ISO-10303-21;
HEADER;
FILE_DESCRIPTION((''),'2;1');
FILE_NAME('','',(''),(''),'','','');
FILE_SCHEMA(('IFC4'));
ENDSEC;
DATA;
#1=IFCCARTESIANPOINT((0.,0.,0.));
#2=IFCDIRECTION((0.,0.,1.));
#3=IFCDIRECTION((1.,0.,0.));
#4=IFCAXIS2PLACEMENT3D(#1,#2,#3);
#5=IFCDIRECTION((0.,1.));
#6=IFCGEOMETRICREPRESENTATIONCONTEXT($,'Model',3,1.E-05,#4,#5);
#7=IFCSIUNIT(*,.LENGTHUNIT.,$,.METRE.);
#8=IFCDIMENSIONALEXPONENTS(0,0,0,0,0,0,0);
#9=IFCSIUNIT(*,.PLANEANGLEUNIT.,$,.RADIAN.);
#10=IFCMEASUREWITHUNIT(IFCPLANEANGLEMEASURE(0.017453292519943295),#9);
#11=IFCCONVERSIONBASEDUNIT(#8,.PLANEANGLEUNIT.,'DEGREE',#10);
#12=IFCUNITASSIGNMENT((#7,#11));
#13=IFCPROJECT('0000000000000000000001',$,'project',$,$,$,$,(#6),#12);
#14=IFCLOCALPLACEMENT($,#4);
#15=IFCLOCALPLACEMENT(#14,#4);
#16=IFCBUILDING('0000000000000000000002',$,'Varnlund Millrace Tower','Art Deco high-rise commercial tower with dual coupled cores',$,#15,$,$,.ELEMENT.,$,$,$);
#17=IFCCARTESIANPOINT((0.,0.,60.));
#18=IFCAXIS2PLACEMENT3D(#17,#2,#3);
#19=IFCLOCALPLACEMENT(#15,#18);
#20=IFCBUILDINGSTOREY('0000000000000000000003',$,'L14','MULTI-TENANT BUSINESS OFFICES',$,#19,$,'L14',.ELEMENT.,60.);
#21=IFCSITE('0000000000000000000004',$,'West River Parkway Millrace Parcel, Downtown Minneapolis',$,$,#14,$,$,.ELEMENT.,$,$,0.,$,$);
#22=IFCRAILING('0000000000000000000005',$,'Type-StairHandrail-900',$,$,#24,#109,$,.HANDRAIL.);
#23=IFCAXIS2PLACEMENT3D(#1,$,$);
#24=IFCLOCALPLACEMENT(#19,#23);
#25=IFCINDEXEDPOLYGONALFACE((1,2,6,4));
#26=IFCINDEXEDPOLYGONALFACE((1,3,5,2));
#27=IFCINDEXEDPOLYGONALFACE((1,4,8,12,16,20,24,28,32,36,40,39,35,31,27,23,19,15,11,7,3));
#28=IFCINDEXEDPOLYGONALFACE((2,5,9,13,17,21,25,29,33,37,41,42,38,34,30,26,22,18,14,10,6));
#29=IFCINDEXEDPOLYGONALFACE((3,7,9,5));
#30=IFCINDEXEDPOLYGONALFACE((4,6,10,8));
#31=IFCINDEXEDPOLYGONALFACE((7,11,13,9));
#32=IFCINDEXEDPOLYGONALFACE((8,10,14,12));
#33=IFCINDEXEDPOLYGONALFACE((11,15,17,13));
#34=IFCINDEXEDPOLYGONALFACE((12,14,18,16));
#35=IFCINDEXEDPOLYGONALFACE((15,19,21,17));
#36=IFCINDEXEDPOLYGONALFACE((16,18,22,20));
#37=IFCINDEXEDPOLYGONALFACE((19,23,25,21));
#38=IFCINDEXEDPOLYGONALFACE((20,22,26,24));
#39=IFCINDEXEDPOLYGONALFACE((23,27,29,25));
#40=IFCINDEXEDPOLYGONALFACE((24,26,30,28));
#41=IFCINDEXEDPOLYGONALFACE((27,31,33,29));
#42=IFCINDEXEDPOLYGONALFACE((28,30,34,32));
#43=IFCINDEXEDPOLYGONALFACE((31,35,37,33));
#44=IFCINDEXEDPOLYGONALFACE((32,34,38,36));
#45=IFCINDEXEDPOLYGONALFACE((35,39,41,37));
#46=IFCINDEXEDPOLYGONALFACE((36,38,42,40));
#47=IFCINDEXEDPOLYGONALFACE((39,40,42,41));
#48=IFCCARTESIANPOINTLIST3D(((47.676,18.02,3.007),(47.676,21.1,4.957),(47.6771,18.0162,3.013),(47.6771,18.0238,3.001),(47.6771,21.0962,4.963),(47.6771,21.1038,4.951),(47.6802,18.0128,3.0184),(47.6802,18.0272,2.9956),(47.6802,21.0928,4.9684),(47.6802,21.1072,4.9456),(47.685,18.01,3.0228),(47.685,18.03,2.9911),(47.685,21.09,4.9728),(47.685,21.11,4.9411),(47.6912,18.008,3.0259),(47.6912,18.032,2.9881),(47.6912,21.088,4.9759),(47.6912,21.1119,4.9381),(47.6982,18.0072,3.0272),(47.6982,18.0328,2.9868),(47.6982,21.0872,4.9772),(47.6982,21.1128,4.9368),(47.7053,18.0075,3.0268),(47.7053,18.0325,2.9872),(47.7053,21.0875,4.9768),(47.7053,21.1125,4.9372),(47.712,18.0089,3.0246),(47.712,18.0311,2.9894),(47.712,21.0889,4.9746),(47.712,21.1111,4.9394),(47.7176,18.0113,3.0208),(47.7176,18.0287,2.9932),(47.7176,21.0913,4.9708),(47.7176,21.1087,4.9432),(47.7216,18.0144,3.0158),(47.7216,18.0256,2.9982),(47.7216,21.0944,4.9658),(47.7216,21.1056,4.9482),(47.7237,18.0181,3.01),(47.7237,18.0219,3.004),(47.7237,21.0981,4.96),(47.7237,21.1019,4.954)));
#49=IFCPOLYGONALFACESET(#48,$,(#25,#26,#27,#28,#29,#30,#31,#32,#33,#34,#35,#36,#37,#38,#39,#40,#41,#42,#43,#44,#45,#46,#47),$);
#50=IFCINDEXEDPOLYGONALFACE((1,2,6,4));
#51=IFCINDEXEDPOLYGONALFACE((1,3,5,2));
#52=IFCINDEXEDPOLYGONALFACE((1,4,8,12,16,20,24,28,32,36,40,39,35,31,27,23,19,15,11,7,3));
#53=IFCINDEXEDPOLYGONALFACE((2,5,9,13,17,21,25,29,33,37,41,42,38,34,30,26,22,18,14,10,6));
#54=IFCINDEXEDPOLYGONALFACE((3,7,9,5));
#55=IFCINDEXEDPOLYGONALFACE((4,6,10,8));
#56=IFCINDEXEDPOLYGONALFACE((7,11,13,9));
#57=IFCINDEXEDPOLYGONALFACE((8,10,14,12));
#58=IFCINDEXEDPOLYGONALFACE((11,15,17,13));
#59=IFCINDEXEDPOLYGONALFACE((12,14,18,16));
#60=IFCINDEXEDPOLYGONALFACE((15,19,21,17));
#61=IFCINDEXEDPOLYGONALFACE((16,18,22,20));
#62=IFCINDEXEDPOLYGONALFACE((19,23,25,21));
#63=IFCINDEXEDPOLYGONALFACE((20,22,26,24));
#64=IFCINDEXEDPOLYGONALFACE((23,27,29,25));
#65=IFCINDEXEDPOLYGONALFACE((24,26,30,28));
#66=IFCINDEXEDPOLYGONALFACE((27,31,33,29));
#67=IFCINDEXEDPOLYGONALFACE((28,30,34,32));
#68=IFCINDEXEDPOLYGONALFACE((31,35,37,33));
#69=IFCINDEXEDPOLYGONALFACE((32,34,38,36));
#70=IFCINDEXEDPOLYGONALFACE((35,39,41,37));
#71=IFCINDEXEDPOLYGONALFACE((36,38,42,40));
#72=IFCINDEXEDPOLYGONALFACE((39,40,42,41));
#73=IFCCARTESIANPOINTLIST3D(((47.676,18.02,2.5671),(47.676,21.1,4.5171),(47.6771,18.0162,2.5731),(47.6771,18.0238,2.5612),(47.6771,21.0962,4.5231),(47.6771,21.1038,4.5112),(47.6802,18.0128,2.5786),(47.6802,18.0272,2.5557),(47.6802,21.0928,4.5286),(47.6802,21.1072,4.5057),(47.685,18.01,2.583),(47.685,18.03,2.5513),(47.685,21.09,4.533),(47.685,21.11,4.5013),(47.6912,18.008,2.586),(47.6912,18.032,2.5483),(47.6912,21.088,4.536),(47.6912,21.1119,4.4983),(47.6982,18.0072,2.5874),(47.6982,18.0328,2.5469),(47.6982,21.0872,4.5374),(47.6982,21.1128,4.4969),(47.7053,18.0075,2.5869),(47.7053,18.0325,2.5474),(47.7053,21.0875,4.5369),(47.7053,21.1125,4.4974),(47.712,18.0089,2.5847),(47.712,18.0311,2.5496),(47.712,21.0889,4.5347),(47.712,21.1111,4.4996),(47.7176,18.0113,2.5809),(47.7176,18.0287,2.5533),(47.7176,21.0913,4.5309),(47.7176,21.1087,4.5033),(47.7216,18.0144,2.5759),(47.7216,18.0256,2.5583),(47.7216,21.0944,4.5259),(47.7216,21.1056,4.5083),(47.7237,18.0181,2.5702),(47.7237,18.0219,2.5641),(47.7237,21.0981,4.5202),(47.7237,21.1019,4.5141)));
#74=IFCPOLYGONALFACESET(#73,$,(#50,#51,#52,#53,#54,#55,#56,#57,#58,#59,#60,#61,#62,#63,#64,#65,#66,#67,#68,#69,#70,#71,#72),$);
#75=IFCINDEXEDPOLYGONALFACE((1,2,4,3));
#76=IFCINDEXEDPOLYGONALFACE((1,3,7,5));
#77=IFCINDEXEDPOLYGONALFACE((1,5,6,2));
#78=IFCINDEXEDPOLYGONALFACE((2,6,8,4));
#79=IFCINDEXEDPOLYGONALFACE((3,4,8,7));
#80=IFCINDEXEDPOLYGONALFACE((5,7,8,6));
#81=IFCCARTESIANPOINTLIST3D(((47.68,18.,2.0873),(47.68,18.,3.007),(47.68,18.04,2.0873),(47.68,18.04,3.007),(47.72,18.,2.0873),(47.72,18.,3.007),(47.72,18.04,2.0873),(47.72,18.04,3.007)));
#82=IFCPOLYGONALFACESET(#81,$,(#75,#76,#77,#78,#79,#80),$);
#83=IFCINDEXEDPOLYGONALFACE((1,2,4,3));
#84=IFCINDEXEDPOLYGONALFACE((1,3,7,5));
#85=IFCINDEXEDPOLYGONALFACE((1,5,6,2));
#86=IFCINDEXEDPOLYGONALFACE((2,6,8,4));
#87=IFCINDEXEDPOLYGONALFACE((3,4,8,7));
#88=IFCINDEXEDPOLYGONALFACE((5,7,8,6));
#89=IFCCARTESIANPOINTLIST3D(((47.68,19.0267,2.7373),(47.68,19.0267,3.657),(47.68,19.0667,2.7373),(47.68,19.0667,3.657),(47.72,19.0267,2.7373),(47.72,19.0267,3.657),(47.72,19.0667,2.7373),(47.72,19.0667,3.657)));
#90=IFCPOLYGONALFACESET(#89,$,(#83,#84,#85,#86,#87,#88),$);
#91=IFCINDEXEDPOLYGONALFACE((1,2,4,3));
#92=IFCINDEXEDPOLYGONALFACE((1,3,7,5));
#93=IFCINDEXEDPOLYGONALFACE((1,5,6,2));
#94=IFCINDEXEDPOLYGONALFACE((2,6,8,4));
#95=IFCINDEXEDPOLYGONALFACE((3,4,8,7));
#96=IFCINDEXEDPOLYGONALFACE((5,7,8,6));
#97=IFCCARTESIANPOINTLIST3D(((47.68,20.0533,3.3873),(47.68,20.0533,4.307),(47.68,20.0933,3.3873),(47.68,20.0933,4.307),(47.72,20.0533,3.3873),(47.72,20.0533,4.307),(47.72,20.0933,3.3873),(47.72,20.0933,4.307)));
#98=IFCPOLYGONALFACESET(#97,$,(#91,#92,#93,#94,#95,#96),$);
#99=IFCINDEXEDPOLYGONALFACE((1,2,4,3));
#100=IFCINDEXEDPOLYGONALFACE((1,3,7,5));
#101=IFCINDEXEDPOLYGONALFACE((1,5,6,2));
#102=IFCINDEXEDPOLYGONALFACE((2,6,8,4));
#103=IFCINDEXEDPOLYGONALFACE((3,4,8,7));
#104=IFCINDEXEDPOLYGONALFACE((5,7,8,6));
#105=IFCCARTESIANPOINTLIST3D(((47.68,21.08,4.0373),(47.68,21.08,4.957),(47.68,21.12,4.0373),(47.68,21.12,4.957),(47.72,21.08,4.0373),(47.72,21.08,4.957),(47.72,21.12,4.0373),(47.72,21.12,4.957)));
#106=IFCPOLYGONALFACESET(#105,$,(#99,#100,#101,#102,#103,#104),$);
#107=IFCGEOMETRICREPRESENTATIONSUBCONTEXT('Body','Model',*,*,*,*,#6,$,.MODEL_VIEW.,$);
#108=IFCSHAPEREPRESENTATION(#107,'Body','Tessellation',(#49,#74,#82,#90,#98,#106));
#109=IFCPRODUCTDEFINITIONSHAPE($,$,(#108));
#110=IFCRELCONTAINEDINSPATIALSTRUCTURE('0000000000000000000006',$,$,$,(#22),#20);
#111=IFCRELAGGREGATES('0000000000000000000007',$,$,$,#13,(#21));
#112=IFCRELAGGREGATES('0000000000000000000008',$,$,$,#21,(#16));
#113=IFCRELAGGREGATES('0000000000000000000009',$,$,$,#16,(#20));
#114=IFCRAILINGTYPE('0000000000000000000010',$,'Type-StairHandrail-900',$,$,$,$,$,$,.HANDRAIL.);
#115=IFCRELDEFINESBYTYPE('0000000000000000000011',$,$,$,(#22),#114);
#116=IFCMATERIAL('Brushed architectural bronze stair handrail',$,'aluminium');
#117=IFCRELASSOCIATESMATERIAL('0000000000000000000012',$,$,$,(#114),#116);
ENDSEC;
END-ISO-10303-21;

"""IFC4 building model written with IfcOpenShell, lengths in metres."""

from ifc_helpers import new_model, entity, si_unit, converted_unit, direction, frame, origin_with_axes, origin_2d_with_axis, place, context, subcontext, project, spatial, rectangle, circle, extrude, material, type_object, element, save


model = new_model("IFC4")

# Units and contexts
model_context = context("Model", 3, precision=1e-05, world=origin_with_axes(), true_north=direction((0.0, 1.0)))
body_context = subcontext(model_context, "Body", "Model", "MODEL_VIEW")
ifc_project = project(units=[si_unit("LENGTHUNIT", "METRE"), converted_unit("PLANEANGLEUNIT", "DEGREE", entity("IfcPlaneAngleMeasure", 0.017453292519943295), si_unit("PLANEANGLEUNIT", "RADIAN"), dimensions=[0, 0, 0, 0, 0, 0, 0])], contexts=[model_context])

# Site, building, storey
site_placement = place(None, origin_with_axes())
site = spatial("IfcSite", under=ifc_project, at=site_placement, Name="West River Parkway Millrace Parcel, Downtown Minneapolis", CompositionType="ELEMENT", RefElevation=0.0)
building_placement = place(site_placement, origin_with_axes())
building = spatial("IfcBuilding", under=site, at=building_placement, Name="Varnlund Millrace Tower", Description="Art Deco high-rise commercial tower with dual coupled cores", CompositionType="ELEMENT")
storey_placement = place(building_placement, frame((0.0, 0.0, 60.0), z_axis=(0.0, 0.0, 1.0), x_axis=(1.0, 0.0, 0.0)))
storey = spatial("IfcBuildingStorey", under=building, at=storey_placement, Name="L14", Description="MULTI-TENANT BUSINESS OFFICES", LongName="L14", CompositionType="ELEMENT", Elevation=60.0)

# Railing
ifc_material_1 = material(Name="Brushed architectural bronze stair handrail", Category="aluminium")
railing_type_1 = type_object("IfcRailingType", Name="Type-StairHandrail-900", PredefinedType="HANDRAIL", material=ifc_material_1)
railing_1_placement = place(storey_placement, frame((0.0, 0.0, -60.0), z_axis=(0.0, 0.0, 1.0), x_axis=(1.0, 0.0, 0.0)))
element("IfcRailing", 1, at=railing_1_placement, inside=storey, type_object=railing_type_1, Name="Type-StairHandrail-900", PredefinedType="HANDRAIL", context=body_context, shape_type="SweptSolid", body=[
    extrude(circle(Radius=0.024, at=origin_2d_with_axis()), frame((47.7, 18.02, 63.007), z_axis=(0.0, 0.844902, 0.534922), x_axis=(-1.0, 0.0, 0.0)), (0.0, 0.0, 1.0), 3.6454),
    extrude(circle(Radius=0.024, at=origin_2d_with_axis()), frame((47.7, 18.02, 62.5671), z_axis=(0.0, 0.844902, 0.534922), x_axis=(-1.0, 0.0, 0.0)), (0.0, 0.0, 1.0), 3.6454),
    extrude(rectangle(XDim=0.04, YDim=0.04, at=origin_2d_with_axis()), frame((47.7, 18.02, 62.0873), z_axis=(0.0, 0.0, 1.0), x_axis=(1.0, 0.0, 0.0)), (0.0, 0.0, 1.0), 0.9197),
    extrude(rectangle(XDim=0.04, YDim=0.04, at=origin_2d_with_axis()), frame((47.7, 19.0467, 62.7373), z_axis=(0.0, 0.0, 1.0), x_axis=(1.0, 0.0, 0.0)), (0.0, 0.0, 1.0), 0.9197),
    extrude(rectangle(XDim=0.04, YDim=0.04, at=origin_2d_with_axis()), frame((47.7, 20.0733, 63.3873), z_axis=(0.0, 0.0, 1.0), x_axis=(1.0, 0.0, 0.0)), (0.0, 0.0, 1.0), 0.9197),
    extrude(rectangle(XDim=0.04, YDim=0.04, at=origin_2d_with_axis()), frame((47.7, 21.1, 64.0373), z_axis=(0.0, 0.0, 1.0), x_axis=(1.0, 0.0, 0.0)), (0.0, 0.0, 1.0), 0.9197),
])

save(model, "model.ifc")
